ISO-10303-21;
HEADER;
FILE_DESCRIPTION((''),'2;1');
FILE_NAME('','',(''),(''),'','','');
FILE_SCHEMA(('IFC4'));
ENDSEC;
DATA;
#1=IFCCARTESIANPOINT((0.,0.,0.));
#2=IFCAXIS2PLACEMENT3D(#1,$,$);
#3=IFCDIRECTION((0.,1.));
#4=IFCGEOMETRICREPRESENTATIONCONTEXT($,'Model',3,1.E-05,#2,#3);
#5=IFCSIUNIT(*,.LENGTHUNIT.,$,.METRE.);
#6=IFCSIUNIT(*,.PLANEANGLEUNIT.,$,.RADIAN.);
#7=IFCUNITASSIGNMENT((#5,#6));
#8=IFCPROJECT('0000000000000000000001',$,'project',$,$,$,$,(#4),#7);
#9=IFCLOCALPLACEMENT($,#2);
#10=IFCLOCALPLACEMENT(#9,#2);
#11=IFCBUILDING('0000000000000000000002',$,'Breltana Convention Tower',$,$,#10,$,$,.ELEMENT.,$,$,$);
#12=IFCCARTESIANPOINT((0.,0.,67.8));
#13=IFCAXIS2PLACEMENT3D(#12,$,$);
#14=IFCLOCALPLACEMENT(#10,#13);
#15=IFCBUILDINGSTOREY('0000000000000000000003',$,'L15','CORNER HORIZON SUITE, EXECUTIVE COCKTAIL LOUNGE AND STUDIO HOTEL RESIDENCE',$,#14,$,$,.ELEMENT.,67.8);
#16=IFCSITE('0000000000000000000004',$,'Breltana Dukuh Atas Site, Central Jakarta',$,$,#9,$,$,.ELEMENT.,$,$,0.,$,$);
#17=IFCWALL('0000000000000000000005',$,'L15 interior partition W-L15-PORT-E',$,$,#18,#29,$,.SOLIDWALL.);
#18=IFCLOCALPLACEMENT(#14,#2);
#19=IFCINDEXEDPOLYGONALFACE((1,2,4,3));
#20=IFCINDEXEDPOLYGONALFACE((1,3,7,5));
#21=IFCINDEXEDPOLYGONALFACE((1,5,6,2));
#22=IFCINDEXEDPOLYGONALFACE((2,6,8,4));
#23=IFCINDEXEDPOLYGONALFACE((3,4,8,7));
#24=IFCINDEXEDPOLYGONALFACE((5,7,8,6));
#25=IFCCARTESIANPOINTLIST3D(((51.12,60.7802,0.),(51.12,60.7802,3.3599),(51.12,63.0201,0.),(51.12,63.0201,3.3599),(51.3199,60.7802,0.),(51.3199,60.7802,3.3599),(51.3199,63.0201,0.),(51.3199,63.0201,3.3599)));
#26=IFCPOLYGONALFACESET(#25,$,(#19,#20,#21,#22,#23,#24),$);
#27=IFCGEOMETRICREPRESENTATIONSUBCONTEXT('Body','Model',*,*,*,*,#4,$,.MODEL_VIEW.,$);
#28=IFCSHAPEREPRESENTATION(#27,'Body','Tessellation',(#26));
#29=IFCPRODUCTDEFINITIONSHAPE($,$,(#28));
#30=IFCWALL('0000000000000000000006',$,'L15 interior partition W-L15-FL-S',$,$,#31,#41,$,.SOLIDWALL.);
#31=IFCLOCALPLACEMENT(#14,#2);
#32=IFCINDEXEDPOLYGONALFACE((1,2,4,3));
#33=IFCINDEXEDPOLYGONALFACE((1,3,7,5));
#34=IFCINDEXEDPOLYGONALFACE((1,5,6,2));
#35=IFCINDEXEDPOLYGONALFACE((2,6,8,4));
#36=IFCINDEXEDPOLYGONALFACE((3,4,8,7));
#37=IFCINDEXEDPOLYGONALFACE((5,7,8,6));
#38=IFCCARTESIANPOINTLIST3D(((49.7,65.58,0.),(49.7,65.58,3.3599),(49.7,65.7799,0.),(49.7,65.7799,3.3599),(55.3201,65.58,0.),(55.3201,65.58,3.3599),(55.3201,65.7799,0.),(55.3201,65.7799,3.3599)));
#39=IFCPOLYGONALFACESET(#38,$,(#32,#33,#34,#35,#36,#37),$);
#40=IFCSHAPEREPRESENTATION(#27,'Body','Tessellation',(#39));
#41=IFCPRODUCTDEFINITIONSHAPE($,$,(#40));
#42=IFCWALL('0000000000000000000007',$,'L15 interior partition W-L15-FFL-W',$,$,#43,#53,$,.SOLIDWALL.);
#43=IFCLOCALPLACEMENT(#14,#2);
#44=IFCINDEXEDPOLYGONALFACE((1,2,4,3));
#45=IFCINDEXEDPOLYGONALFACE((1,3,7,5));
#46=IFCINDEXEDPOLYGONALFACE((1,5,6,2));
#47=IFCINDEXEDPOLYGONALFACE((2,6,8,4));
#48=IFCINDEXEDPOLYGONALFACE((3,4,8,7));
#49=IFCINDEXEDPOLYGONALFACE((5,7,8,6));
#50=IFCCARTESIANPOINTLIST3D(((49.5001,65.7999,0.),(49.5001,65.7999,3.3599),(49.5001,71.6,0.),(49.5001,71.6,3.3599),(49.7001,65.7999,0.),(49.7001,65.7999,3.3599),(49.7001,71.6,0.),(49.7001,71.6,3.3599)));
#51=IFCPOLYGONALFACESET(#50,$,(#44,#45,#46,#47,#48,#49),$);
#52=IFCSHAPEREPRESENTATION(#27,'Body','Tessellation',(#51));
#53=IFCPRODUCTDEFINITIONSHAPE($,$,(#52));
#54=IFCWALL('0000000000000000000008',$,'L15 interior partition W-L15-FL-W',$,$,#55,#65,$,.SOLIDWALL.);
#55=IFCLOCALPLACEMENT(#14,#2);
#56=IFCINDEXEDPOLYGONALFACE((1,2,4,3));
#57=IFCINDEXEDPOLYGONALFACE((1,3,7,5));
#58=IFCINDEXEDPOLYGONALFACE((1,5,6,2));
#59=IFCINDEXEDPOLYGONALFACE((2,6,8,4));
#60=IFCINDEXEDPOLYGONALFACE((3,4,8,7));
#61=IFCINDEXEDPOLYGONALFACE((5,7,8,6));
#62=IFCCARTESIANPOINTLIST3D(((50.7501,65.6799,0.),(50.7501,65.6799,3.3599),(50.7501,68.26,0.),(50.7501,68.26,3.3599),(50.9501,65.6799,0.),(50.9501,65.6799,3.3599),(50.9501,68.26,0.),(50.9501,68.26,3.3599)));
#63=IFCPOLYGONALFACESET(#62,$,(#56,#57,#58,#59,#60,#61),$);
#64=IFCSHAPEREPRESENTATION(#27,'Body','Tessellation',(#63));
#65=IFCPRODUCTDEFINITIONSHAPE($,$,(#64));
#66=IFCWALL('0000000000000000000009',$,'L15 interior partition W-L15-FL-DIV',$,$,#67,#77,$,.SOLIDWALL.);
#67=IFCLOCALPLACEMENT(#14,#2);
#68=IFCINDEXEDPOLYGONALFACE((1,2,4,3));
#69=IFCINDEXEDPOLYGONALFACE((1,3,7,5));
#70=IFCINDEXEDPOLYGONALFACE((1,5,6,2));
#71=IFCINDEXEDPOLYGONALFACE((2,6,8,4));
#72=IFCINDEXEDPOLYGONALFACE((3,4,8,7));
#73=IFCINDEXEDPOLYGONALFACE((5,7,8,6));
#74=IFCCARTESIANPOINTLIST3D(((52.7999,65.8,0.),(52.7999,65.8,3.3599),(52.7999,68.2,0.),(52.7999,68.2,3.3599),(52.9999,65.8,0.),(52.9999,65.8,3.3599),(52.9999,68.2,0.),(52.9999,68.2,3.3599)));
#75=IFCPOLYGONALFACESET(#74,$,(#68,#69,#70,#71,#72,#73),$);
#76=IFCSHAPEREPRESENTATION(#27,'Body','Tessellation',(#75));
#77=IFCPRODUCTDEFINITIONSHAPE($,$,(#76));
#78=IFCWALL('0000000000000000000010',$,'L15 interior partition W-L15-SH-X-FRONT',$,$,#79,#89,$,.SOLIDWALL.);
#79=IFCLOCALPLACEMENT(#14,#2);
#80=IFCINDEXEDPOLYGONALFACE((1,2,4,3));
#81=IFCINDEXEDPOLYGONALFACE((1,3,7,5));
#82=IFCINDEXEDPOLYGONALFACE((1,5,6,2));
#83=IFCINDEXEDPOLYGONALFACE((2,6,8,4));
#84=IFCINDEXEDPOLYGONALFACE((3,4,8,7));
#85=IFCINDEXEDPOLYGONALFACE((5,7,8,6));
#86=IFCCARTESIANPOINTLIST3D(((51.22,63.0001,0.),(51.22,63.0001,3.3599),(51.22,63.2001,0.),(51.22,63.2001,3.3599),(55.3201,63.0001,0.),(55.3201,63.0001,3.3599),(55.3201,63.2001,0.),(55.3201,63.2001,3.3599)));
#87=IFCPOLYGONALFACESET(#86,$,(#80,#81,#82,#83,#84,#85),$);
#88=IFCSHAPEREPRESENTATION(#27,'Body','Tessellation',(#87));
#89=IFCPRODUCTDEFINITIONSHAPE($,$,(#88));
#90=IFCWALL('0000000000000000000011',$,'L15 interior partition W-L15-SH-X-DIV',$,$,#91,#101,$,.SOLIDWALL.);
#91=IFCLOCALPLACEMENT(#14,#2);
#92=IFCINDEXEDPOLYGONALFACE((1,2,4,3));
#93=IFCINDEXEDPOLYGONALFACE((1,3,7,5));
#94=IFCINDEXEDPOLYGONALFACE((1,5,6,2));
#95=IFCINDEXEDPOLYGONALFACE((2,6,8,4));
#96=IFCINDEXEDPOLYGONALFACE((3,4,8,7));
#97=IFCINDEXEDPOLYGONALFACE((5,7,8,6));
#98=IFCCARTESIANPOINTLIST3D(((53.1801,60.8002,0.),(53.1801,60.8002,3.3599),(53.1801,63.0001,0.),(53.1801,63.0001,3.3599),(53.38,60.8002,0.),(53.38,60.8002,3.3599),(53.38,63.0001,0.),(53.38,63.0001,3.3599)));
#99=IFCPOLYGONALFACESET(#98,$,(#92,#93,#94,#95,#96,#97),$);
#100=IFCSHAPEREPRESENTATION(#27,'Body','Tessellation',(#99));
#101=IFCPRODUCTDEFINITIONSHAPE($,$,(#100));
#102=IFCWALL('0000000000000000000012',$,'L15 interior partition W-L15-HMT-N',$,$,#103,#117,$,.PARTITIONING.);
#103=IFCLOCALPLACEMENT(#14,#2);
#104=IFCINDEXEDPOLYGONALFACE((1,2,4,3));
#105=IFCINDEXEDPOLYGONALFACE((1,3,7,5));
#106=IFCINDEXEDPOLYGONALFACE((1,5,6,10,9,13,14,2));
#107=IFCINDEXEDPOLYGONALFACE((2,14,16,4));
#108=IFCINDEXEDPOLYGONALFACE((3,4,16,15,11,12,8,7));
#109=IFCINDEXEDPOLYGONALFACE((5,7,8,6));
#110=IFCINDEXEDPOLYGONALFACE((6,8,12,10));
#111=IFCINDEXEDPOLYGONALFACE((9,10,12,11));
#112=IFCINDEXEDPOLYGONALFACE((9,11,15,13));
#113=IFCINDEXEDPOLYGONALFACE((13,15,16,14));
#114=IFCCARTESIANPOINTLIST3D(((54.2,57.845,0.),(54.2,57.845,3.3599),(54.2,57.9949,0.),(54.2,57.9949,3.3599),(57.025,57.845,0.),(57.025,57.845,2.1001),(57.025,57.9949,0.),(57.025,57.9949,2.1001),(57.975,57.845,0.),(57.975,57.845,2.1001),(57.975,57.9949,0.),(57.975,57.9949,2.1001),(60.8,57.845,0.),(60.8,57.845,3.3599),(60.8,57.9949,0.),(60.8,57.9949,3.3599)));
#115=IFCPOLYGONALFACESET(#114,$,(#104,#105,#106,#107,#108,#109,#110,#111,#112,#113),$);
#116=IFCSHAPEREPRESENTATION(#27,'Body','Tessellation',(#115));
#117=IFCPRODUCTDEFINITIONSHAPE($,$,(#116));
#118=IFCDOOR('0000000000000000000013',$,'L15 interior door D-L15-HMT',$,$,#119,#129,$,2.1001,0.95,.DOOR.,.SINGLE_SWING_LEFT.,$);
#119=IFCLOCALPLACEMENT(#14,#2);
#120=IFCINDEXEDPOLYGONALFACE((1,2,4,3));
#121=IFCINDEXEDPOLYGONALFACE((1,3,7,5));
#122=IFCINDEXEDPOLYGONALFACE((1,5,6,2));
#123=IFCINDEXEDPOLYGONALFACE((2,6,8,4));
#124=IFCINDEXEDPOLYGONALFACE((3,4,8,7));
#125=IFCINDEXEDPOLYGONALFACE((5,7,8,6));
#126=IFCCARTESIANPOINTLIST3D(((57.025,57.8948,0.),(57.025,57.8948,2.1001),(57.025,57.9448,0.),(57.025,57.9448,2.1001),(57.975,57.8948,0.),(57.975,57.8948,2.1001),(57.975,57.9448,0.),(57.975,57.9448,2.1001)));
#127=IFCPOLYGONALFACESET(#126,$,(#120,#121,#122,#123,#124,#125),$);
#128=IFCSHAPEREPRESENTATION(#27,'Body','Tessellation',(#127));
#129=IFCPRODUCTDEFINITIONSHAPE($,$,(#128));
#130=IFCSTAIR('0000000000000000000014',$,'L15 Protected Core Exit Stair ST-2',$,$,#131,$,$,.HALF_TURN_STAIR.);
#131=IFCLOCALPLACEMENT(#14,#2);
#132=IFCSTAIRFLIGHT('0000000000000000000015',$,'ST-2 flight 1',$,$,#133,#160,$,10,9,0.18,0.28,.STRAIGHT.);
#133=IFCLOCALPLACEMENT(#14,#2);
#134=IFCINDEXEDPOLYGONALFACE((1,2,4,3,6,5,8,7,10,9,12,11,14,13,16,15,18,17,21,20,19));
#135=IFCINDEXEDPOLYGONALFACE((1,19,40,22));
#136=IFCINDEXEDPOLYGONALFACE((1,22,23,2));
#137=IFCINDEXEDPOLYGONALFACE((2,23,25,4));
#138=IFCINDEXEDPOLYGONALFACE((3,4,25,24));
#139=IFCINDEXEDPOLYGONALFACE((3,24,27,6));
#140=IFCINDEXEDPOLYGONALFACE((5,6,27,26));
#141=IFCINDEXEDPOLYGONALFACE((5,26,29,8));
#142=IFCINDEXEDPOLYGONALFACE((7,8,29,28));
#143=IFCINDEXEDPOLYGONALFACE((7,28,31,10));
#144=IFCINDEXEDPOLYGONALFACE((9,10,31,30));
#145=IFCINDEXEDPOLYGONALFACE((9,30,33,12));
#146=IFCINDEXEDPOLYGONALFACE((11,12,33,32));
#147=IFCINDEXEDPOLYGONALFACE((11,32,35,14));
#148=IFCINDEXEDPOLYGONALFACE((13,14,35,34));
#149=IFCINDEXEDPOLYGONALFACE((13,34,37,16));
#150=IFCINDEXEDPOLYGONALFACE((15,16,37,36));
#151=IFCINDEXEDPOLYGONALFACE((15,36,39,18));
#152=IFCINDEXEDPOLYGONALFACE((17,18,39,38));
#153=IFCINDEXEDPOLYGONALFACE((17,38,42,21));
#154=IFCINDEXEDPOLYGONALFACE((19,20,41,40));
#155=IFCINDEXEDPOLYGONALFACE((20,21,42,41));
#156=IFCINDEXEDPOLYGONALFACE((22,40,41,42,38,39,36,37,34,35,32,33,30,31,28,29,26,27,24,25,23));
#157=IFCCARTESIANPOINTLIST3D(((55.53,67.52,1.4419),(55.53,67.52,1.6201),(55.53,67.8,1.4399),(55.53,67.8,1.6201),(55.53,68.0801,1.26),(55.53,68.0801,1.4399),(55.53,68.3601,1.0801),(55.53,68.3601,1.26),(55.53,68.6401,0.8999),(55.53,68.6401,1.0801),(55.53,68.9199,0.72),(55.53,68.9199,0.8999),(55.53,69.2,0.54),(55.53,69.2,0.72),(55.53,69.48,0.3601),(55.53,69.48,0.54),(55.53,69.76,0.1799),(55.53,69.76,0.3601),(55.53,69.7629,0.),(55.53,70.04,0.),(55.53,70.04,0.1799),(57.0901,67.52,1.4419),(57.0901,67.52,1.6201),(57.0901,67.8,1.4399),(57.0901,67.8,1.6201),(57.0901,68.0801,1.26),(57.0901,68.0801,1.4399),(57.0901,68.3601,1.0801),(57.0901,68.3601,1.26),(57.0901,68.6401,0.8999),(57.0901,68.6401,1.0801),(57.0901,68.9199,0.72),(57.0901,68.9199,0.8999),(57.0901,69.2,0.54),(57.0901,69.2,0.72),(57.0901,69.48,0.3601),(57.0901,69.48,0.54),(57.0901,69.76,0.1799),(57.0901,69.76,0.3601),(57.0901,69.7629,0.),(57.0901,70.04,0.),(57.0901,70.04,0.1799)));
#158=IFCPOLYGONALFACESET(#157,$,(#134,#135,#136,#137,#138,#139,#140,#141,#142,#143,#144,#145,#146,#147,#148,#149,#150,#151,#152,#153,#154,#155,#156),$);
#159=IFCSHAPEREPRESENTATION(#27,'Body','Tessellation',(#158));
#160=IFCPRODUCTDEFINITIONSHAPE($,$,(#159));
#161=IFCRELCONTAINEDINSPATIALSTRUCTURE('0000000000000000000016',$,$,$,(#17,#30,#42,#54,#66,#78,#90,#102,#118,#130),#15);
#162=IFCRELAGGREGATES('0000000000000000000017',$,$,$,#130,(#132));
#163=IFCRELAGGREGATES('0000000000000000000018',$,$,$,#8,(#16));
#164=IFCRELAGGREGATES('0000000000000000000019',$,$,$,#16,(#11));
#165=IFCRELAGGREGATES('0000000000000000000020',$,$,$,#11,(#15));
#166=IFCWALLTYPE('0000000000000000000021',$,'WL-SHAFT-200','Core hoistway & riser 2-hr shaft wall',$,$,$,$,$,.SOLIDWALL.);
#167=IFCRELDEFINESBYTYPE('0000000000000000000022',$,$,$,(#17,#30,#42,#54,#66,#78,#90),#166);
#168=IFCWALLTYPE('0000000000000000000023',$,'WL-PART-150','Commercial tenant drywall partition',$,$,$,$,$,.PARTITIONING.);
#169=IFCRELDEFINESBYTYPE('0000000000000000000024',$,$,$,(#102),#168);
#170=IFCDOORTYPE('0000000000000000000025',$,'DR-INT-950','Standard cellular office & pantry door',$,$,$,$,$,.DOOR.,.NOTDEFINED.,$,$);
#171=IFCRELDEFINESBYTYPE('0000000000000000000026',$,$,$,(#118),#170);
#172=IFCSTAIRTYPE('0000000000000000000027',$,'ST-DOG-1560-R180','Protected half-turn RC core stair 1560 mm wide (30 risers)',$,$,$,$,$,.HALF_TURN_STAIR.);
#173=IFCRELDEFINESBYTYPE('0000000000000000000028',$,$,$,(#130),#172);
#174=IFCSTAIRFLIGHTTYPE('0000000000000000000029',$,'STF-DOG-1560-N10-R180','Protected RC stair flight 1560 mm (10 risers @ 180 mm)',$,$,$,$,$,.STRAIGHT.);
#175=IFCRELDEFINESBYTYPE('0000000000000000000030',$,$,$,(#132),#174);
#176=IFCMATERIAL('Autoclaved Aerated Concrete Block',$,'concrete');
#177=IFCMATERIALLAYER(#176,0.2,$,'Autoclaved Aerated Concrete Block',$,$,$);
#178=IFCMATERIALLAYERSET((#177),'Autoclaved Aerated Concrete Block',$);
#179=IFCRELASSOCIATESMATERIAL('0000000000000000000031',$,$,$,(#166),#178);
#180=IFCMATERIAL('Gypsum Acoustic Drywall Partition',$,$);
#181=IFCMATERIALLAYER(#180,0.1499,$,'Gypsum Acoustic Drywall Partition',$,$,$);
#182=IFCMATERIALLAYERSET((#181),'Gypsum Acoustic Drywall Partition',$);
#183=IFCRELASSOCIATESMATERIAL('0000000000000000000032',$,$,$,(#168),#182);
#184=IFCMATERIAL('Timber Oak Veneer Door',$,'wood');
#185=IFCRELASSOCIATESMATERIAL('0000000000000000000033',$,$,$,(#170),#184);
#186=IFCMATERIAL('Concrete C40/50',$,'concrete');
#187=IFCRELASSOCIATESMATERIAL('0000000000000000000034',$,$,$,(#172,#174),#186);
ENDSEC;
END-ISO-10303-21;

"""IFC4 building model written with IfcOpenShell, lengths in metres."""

from ifc_helpers import new_model, si_unit, direction, frame, frame_2d, origin, place, context, subcontext, project, spatial, polyline, rectangle, outline, extrude, source, transform, mapped, material, layer, layer_set, type_object, type_shapes, element, fill, aggregate, save


model = new_model("IFC4")

# Units and contexts
model_context = context("Model", 3, precision=1e-05, world=origin(), true_north=direction((0.0, 1.0)))
body_context = subcontext(model_context, "Body", "Model", "MODEL_VIEW")
ifc_project = project(units=[si_unit("LENGTHUNIT", "METRE"), si_unit("PLANEANGLEUNIT", "RADIAN")], contexts=[model_context])

# Site, building, storey
site_placement = place(None, origin())
site = spatial("IfcSite", under=ifc_project, at=site_placement, Name="Breltana Dukuh Atas Site, Central Jakarta", CompositionType="ELEMENT", RefElevation=0.0)
building_placement = place(site_placement, origin())
building = spatial("IfcBuilding", under=site, at=building_placement, Name="Breltana Convention Tower", CompositionType="ELEMENT")
storey_placement = place(building_placement, frame((0.0, 0.0, 67.8)))
storey = spatial("IfcBuildingStorey", under=building, at=storey_placement, Name="L15", Description="CORNER HORIZON SUITE, EXECUTIVE COCKTAIL LOUNGE AND STUDIO HOTEL RESIDENCE", CompositionType="ELEMENT", Elevation=67.8)

# Wall
ifc_material_1 = material(Name="Autoclaved Aerated Concrete Block", Category="concrete")
ifc_layer_1 = layer(ifc_material_1, 0.2, Name="Autoclaved Aerated Concrete Block")
ifc_layer_set_1 = layer_set([ifc_layer_1], Name="Autoclaved Aerated Concrete Block")
wall_type_1 = type_object("IfcWallType", Name="WL-SHAFT-200", Description="Core hoistway & riser 2-hr shaft wall", PredefinedType="SOLIDWALL", material=ifc_layer_set_1)
shared_shape_1 = source(origin(), body_context, "Body", "SweptSolid", [
    extrude(rectangle(XDim=2.24, YDim=0.2, at=frame_2d((1.1201, 0.0))), origin(), (0.0, 0.0, 1.0), 3.3599),
])
for number, where, z_axis, x_axis, name in (
    (1, (51.22, 60.78, 0.0), (0.0, 0.0, 1.0), (0.0, 1.0, 0.0), "L15 interior partition W-L15-PORT-E"),
):
    element("IfcWall", number, at=place(storey_placement, frame(where, z_axis=z_axis, x_axis=x_axis)), inside=storey, type_object=wall_type_1, Name=name, PredefinedType="SOLIDWALL", context=body_context, shape_type="MappedRepresentation", body=[
        mapped(shared_shape_1, transform((0.0, 0.0, 0.0), scale=1.0)),
    ])

# Shared definitions
shared_shape_2 = source(origin(), body_context, "Body", "SweptSolid", [
    extrude(rectangle(XDim=5.6201, YDim=0.2, at=frame_2d((2.8101, 0.0))), origin(), (0.0, 0.0, 1.0), 3.3599),
])

# Walls
wall_1_placement = place(storey_placement, frame((49.7, 65.6799, 0.0), z_axis=(0.0, 0.0, 1.0), x_axis=(1.0, 0.0, 0.0)))
element("IfcWall", 2, at=wall_1_placement, inside=storey, type_object=wall_type_1, Name="L15 interior partition W-L15-FL-S", PredefinedType="SOLIDWALL", context=body_context, shape_type="MappedRepresentation", body=[
    mapped(shared_shape_2, transform((0.0, 0.0, 0.0), scale=1.0)),
])
shared_shape_3 = source(origin(), body_context, "Body", "SweptSolid", [
    extrude(rectangle(XDim=5.8, YDim=0.2, at=frame_2d((2.8999, 0.0))), origin(), (0.0, 0.0, 1.0), 3.3599),
])
wall_2_placement = place(storey_placement, frame((49.6001, 65.8, 0.0), z_axis=(0.0, 0.0, 1.0), x_axis=(0.0, 1.0, 0.0)))
element("IfcWall", 3, at=wall_2_placement, inside=storey, type_object=wall_type_1, Name="L15 interior partition W-L15-FFL-W", PredefinedType="SOLIDWALL", context=body_context, shape_type="MappedRepresentation", body=[
    mapped(shared_shape_3, transform((0.0, 0.0, 0.0), scale=1.0)),
])
shared_shape_4 = source(origin(), body_context, "Body", "SweptSolid", [
    extrude(rectangle(XDim=2.5801, YDim=0.2, at=frame_2d((1.29, 0.0))), origin(), (0.0, 0.0, 1.0), 3.3599),
])
wall_3_placement = place(storey_placement, frame((50.8501, 65.6799, 0.0), z_axis=(0.0, 0.0, 1.0), x_axis=(0.0, 1.0, 0.0)))
element("IfcWall", 4, at=wall_3_placement, inside=storey, type_object=wall_type_1, Name="L15 interior partition W-L15-FL-W", PredefinedType="SOLIDWALL", context=body_context, shape_type="MappedRepresentation", body=[
    mapped(shared_shape_4, transform((0.0, 0.0, 0.0), scale=1.0)),
])
shared_shape_5 = source(origin(), body_context, "Body", "SweptSolid", [
    extrude(rectangle(XDim=2.3999, YDim=0.2, at=frame_2d((1.2, 0.0))), origin(), (0.0, 0.0, 1.0), 3.3599),
])
wall_4_placement = place(storey_placement, frame((52.8999, 65.8, 0.0), z_axis=(0.0, 0.0, 1.0), x_axis=(0.0, 1.0, 0.0)))
element("IfcWall", 5, at=wall_4_placement, inside=storey, type_object=wall_type_1, Name="L15 interior partition W-L15-FL-DIV", PredefinedType="SOLIDWALL", context=body_context, shape_type="MappedRepresentation", body=[
    mapped(shared_shape_5, transform((0.0, 0.0, 0.0), scale=1.0)),
])
shared_shape_6 = source(origin(), body_context, "Body", "SweptSolid", [
    extrude(rectangle(XDim=4.1001, YDim=0.2, at=frame_2d((2.05, 0.0))), origin(), (0.0, 0.0, 1.0), 3.3599),
])
wall_5_placement = place(storey_placement, frame((51.22, 63.1001, 0.0), z_axis=(0.0, 0.0, 1.0), x_axis=(1.0, 0.0, 0.0)))
element("IfcWall", 6, at=wall_5_placement, inside=storey, type_object=wall_type_1, Name="L15 interior partition W-L15-SH-X-FRONT", PredefinedType="SOLIDWALL", context=body_context, shape_type="MappedRepresentation", body=[
    mapped(shared_shape_6, transform((0.0, 0.0, 0.0), scale=1.0)),
])
shared_shape_7 = source(origin(), body_context, "Body", "SweptSolid", [
    extrude(rectangle(XDim=2.2, YDim=0.2, at=frame_2d((1.1001, 0.0))), origin(), (0.0, 0.0, 1.0), 3.3599),
])
wall_6_placement = place(storey_placement, frame((53.28, 60.8, 0.0), z_axis=(0.0, 0.0, 1.0), x_axis=(0.0, 1.0, 0.0)))
element("IfcWall", 7, at=wall_6_placement, inside=storey, type_object=wall_type_1, Name="L15 interior partition W-L15-SH-X-DIV", PredefinedType="SOLIDWALL", context=body_context, shape_type="MappedRepresentation", body=[
    mapped(shared_shape_7, transform((0.0, 0.0, 0.0), scale=1.0)),
])

# Wall, opening, door
ifc_material_2 = material(Name="Gypsum Acoustic Drywall Partition")
ifc_layer_2 = layer(ifc_material_2, 0.1499, Name="Gypsum Acoustic Drywall Partition")
ifc_layer_set_2 = layer_set([ifc_layer_2], Name="Gypsum Acoustic Drywall Partition")
wall_type_2 = type_object("IfcWallType", Name="WL-PART-150", Description="Commercial tenant drywall partition", PredefinedType="PARTITIONING", material=ifc_layer_set_2)
shared_shape_8 = source(origin(), body_context, "Body", "SweptSolid", [
    extrude(rectangle(XDim=6.6001, YDim=0.1499, at=frame_2d((3.3, 0.0))), origin(), (0.0, 0.0, 1.0), 3.3599),
])
wall_7_placement = place(storey_placement, frame((54.2, 57.9199, 0.0), z_axis=(0.0, 0.0, 1.0), x_axis=(1.0, 0.0, 0.0)))
wall_7 = element("IfcWall", 8, at=wall_7_placement, inside=storey, type_object=wall_type_2, Name="L15 interior partition W-L15-HMT-N", PredefinedType="PARTITIONING", context=body_context, shape_type="MappedRepresentation", body=[
    mapped(shared_shape_8, transform((0.0, 0.0, 0.0), scale=1.0)),
])
opening_1_placement = place(wall_7_placement, frame((2.825, 0.0, 0.0)))
opening_1 = element("IfcOpeningElement", 9, at=opening_1_placement, cuts=wall_7, PredefinedType="OPENING", context=body_context, shape_type="SweptSolid", body=[
    extrude(rectangle(XDim=0.95, YDim=2.1001, at=frame_2d((0.4751, 1.05))), frame((0.0, 0.085, 0.0), z_axis=(0.0, -1.0, 0.0), x_axis=(1.0, 0.0, 0.0)), (0.0, 0.0, 1.0), 0.1699),
])
ifc_material_3 = material(Name="Timber Oak Veneer Door", Category="wood")
door_type_1 = type_object("IfcDoorType", Name="DR-INT-950", Description="Standard cellular office & pantry door", OperationType="NOTDEFINED", PredefinedType="DOOR", material=ifc_material_3)
shared_shape_9 = source(origin(), body_context, "Body", "SweptSolid", [
    extrude(rectangle(XDim=0.95, YDim=2.1001, at=frame_2d((0.4751, 1.05))), frame((0.0, 0.0249, 0.0), z_axis=(0.0, -1.0, 0.0), x_axis=(1.0, 0.0, 0.0)), (0.0, 0.0, 1.0), 0.05),
])
type_shapes(door_type_1, [shared_shape_9])
door_1_placement = place(opening_1_placement, origin())
door_1 = element("IfcDoor", 10, at=door_1_placement, inside=storey, type_object=door_type_1, Name="L15 interior door D-L15-HMT", OperationType="SINGLE_SWING_LEFT", OverallHeight=2.1001, OverallWidth=0.95, PredefinedType="DOOR", context=body_context, shape_type="MappedRepresentation", body=[
    mapped(shared_shape_9, transform((0.0, 0.0, 0.0), scale=1.0)),
])
fill(opening_1, door_1)

# Stair, stair flight
ifc_material_4 = material(Name="Concrete C40/50", Category="concrete")
stair_type = type_object("IfcStairType", Name="ST-DOG-1560-R180", Description="Protected half-turn RC core stair 1560 mm wide (30 risers)", PredefinedType="HALF_TURN_STAIR", material=ifc_material_4)
stair_placement = place(storey_placement, origin())
stair = element("IfcStair", 11, at=stair_placement, inside=storey, type_object=stair_type, Name="L15 Protected Core Exit Stair ST-2", PredefinedType="HALF_TURN_STAIR")
stair_flight_type = type_object("IfcStairFlightType", Name="STF-DOG-1560-N10-R180", Description="Protected RC stair flight 1560 mm (10 risers @ 180 mm)", PredefinedType="STRAIGHT", material=ifc_material_4)
stair_flight_1_placement = place(storey_placement, frame((56.3101, 70.04, 0.0), z_axis=(0.0, 0.0, 1.0), x_axis=(0.0, -1.0, 0.0)))
stair_flight_1 = element("IfcStairFlight", 12, at=stair_flight_1_placement, type_object=stair_flight_type, Name="ST-2 flight 1", NumberOfRisers=10, NumberOfTreads=9, PredefinedType="STRAIGHT", RiserHeight=0.18, TreadLength=0.28, context=body_context, shape_type="SweptSolid", body=[
    extrude(outline(polyline([(0.0, 0.0), (0.0, 0.1799), (0.28, 0.1799), (0.28, 0.3601), (0.5601, 0.3601), (0.5601, 0.54), (0.8401, 0.54), (0.8401, 0.72), (1.1201, 0.72), (1.1201, 0.8999), (1.3999, 0.8999), (1.3999, 1.0801), (1.6799, 1.0801), (1.6799, 1.26), (1.96, 1.26), (1.96, 1.4399), (2.24, 1.4399), (2.24, 1.6201), (2.52, 1.6201), (2.52, 1.8), (2.52, 1.4419), (0.2771, 0.0), (0.0, 0.0)])), frame((0.0, 0.78, 0.0), z_axis=(0.0, -1.0, 0.0), x_axis=(1.0, 0.0, 0.0)), (0.0, 0.0, 1.0), 1.5601),
])
aggregate(stair, [stair_flight_1])

save(model, "model.ifc")
